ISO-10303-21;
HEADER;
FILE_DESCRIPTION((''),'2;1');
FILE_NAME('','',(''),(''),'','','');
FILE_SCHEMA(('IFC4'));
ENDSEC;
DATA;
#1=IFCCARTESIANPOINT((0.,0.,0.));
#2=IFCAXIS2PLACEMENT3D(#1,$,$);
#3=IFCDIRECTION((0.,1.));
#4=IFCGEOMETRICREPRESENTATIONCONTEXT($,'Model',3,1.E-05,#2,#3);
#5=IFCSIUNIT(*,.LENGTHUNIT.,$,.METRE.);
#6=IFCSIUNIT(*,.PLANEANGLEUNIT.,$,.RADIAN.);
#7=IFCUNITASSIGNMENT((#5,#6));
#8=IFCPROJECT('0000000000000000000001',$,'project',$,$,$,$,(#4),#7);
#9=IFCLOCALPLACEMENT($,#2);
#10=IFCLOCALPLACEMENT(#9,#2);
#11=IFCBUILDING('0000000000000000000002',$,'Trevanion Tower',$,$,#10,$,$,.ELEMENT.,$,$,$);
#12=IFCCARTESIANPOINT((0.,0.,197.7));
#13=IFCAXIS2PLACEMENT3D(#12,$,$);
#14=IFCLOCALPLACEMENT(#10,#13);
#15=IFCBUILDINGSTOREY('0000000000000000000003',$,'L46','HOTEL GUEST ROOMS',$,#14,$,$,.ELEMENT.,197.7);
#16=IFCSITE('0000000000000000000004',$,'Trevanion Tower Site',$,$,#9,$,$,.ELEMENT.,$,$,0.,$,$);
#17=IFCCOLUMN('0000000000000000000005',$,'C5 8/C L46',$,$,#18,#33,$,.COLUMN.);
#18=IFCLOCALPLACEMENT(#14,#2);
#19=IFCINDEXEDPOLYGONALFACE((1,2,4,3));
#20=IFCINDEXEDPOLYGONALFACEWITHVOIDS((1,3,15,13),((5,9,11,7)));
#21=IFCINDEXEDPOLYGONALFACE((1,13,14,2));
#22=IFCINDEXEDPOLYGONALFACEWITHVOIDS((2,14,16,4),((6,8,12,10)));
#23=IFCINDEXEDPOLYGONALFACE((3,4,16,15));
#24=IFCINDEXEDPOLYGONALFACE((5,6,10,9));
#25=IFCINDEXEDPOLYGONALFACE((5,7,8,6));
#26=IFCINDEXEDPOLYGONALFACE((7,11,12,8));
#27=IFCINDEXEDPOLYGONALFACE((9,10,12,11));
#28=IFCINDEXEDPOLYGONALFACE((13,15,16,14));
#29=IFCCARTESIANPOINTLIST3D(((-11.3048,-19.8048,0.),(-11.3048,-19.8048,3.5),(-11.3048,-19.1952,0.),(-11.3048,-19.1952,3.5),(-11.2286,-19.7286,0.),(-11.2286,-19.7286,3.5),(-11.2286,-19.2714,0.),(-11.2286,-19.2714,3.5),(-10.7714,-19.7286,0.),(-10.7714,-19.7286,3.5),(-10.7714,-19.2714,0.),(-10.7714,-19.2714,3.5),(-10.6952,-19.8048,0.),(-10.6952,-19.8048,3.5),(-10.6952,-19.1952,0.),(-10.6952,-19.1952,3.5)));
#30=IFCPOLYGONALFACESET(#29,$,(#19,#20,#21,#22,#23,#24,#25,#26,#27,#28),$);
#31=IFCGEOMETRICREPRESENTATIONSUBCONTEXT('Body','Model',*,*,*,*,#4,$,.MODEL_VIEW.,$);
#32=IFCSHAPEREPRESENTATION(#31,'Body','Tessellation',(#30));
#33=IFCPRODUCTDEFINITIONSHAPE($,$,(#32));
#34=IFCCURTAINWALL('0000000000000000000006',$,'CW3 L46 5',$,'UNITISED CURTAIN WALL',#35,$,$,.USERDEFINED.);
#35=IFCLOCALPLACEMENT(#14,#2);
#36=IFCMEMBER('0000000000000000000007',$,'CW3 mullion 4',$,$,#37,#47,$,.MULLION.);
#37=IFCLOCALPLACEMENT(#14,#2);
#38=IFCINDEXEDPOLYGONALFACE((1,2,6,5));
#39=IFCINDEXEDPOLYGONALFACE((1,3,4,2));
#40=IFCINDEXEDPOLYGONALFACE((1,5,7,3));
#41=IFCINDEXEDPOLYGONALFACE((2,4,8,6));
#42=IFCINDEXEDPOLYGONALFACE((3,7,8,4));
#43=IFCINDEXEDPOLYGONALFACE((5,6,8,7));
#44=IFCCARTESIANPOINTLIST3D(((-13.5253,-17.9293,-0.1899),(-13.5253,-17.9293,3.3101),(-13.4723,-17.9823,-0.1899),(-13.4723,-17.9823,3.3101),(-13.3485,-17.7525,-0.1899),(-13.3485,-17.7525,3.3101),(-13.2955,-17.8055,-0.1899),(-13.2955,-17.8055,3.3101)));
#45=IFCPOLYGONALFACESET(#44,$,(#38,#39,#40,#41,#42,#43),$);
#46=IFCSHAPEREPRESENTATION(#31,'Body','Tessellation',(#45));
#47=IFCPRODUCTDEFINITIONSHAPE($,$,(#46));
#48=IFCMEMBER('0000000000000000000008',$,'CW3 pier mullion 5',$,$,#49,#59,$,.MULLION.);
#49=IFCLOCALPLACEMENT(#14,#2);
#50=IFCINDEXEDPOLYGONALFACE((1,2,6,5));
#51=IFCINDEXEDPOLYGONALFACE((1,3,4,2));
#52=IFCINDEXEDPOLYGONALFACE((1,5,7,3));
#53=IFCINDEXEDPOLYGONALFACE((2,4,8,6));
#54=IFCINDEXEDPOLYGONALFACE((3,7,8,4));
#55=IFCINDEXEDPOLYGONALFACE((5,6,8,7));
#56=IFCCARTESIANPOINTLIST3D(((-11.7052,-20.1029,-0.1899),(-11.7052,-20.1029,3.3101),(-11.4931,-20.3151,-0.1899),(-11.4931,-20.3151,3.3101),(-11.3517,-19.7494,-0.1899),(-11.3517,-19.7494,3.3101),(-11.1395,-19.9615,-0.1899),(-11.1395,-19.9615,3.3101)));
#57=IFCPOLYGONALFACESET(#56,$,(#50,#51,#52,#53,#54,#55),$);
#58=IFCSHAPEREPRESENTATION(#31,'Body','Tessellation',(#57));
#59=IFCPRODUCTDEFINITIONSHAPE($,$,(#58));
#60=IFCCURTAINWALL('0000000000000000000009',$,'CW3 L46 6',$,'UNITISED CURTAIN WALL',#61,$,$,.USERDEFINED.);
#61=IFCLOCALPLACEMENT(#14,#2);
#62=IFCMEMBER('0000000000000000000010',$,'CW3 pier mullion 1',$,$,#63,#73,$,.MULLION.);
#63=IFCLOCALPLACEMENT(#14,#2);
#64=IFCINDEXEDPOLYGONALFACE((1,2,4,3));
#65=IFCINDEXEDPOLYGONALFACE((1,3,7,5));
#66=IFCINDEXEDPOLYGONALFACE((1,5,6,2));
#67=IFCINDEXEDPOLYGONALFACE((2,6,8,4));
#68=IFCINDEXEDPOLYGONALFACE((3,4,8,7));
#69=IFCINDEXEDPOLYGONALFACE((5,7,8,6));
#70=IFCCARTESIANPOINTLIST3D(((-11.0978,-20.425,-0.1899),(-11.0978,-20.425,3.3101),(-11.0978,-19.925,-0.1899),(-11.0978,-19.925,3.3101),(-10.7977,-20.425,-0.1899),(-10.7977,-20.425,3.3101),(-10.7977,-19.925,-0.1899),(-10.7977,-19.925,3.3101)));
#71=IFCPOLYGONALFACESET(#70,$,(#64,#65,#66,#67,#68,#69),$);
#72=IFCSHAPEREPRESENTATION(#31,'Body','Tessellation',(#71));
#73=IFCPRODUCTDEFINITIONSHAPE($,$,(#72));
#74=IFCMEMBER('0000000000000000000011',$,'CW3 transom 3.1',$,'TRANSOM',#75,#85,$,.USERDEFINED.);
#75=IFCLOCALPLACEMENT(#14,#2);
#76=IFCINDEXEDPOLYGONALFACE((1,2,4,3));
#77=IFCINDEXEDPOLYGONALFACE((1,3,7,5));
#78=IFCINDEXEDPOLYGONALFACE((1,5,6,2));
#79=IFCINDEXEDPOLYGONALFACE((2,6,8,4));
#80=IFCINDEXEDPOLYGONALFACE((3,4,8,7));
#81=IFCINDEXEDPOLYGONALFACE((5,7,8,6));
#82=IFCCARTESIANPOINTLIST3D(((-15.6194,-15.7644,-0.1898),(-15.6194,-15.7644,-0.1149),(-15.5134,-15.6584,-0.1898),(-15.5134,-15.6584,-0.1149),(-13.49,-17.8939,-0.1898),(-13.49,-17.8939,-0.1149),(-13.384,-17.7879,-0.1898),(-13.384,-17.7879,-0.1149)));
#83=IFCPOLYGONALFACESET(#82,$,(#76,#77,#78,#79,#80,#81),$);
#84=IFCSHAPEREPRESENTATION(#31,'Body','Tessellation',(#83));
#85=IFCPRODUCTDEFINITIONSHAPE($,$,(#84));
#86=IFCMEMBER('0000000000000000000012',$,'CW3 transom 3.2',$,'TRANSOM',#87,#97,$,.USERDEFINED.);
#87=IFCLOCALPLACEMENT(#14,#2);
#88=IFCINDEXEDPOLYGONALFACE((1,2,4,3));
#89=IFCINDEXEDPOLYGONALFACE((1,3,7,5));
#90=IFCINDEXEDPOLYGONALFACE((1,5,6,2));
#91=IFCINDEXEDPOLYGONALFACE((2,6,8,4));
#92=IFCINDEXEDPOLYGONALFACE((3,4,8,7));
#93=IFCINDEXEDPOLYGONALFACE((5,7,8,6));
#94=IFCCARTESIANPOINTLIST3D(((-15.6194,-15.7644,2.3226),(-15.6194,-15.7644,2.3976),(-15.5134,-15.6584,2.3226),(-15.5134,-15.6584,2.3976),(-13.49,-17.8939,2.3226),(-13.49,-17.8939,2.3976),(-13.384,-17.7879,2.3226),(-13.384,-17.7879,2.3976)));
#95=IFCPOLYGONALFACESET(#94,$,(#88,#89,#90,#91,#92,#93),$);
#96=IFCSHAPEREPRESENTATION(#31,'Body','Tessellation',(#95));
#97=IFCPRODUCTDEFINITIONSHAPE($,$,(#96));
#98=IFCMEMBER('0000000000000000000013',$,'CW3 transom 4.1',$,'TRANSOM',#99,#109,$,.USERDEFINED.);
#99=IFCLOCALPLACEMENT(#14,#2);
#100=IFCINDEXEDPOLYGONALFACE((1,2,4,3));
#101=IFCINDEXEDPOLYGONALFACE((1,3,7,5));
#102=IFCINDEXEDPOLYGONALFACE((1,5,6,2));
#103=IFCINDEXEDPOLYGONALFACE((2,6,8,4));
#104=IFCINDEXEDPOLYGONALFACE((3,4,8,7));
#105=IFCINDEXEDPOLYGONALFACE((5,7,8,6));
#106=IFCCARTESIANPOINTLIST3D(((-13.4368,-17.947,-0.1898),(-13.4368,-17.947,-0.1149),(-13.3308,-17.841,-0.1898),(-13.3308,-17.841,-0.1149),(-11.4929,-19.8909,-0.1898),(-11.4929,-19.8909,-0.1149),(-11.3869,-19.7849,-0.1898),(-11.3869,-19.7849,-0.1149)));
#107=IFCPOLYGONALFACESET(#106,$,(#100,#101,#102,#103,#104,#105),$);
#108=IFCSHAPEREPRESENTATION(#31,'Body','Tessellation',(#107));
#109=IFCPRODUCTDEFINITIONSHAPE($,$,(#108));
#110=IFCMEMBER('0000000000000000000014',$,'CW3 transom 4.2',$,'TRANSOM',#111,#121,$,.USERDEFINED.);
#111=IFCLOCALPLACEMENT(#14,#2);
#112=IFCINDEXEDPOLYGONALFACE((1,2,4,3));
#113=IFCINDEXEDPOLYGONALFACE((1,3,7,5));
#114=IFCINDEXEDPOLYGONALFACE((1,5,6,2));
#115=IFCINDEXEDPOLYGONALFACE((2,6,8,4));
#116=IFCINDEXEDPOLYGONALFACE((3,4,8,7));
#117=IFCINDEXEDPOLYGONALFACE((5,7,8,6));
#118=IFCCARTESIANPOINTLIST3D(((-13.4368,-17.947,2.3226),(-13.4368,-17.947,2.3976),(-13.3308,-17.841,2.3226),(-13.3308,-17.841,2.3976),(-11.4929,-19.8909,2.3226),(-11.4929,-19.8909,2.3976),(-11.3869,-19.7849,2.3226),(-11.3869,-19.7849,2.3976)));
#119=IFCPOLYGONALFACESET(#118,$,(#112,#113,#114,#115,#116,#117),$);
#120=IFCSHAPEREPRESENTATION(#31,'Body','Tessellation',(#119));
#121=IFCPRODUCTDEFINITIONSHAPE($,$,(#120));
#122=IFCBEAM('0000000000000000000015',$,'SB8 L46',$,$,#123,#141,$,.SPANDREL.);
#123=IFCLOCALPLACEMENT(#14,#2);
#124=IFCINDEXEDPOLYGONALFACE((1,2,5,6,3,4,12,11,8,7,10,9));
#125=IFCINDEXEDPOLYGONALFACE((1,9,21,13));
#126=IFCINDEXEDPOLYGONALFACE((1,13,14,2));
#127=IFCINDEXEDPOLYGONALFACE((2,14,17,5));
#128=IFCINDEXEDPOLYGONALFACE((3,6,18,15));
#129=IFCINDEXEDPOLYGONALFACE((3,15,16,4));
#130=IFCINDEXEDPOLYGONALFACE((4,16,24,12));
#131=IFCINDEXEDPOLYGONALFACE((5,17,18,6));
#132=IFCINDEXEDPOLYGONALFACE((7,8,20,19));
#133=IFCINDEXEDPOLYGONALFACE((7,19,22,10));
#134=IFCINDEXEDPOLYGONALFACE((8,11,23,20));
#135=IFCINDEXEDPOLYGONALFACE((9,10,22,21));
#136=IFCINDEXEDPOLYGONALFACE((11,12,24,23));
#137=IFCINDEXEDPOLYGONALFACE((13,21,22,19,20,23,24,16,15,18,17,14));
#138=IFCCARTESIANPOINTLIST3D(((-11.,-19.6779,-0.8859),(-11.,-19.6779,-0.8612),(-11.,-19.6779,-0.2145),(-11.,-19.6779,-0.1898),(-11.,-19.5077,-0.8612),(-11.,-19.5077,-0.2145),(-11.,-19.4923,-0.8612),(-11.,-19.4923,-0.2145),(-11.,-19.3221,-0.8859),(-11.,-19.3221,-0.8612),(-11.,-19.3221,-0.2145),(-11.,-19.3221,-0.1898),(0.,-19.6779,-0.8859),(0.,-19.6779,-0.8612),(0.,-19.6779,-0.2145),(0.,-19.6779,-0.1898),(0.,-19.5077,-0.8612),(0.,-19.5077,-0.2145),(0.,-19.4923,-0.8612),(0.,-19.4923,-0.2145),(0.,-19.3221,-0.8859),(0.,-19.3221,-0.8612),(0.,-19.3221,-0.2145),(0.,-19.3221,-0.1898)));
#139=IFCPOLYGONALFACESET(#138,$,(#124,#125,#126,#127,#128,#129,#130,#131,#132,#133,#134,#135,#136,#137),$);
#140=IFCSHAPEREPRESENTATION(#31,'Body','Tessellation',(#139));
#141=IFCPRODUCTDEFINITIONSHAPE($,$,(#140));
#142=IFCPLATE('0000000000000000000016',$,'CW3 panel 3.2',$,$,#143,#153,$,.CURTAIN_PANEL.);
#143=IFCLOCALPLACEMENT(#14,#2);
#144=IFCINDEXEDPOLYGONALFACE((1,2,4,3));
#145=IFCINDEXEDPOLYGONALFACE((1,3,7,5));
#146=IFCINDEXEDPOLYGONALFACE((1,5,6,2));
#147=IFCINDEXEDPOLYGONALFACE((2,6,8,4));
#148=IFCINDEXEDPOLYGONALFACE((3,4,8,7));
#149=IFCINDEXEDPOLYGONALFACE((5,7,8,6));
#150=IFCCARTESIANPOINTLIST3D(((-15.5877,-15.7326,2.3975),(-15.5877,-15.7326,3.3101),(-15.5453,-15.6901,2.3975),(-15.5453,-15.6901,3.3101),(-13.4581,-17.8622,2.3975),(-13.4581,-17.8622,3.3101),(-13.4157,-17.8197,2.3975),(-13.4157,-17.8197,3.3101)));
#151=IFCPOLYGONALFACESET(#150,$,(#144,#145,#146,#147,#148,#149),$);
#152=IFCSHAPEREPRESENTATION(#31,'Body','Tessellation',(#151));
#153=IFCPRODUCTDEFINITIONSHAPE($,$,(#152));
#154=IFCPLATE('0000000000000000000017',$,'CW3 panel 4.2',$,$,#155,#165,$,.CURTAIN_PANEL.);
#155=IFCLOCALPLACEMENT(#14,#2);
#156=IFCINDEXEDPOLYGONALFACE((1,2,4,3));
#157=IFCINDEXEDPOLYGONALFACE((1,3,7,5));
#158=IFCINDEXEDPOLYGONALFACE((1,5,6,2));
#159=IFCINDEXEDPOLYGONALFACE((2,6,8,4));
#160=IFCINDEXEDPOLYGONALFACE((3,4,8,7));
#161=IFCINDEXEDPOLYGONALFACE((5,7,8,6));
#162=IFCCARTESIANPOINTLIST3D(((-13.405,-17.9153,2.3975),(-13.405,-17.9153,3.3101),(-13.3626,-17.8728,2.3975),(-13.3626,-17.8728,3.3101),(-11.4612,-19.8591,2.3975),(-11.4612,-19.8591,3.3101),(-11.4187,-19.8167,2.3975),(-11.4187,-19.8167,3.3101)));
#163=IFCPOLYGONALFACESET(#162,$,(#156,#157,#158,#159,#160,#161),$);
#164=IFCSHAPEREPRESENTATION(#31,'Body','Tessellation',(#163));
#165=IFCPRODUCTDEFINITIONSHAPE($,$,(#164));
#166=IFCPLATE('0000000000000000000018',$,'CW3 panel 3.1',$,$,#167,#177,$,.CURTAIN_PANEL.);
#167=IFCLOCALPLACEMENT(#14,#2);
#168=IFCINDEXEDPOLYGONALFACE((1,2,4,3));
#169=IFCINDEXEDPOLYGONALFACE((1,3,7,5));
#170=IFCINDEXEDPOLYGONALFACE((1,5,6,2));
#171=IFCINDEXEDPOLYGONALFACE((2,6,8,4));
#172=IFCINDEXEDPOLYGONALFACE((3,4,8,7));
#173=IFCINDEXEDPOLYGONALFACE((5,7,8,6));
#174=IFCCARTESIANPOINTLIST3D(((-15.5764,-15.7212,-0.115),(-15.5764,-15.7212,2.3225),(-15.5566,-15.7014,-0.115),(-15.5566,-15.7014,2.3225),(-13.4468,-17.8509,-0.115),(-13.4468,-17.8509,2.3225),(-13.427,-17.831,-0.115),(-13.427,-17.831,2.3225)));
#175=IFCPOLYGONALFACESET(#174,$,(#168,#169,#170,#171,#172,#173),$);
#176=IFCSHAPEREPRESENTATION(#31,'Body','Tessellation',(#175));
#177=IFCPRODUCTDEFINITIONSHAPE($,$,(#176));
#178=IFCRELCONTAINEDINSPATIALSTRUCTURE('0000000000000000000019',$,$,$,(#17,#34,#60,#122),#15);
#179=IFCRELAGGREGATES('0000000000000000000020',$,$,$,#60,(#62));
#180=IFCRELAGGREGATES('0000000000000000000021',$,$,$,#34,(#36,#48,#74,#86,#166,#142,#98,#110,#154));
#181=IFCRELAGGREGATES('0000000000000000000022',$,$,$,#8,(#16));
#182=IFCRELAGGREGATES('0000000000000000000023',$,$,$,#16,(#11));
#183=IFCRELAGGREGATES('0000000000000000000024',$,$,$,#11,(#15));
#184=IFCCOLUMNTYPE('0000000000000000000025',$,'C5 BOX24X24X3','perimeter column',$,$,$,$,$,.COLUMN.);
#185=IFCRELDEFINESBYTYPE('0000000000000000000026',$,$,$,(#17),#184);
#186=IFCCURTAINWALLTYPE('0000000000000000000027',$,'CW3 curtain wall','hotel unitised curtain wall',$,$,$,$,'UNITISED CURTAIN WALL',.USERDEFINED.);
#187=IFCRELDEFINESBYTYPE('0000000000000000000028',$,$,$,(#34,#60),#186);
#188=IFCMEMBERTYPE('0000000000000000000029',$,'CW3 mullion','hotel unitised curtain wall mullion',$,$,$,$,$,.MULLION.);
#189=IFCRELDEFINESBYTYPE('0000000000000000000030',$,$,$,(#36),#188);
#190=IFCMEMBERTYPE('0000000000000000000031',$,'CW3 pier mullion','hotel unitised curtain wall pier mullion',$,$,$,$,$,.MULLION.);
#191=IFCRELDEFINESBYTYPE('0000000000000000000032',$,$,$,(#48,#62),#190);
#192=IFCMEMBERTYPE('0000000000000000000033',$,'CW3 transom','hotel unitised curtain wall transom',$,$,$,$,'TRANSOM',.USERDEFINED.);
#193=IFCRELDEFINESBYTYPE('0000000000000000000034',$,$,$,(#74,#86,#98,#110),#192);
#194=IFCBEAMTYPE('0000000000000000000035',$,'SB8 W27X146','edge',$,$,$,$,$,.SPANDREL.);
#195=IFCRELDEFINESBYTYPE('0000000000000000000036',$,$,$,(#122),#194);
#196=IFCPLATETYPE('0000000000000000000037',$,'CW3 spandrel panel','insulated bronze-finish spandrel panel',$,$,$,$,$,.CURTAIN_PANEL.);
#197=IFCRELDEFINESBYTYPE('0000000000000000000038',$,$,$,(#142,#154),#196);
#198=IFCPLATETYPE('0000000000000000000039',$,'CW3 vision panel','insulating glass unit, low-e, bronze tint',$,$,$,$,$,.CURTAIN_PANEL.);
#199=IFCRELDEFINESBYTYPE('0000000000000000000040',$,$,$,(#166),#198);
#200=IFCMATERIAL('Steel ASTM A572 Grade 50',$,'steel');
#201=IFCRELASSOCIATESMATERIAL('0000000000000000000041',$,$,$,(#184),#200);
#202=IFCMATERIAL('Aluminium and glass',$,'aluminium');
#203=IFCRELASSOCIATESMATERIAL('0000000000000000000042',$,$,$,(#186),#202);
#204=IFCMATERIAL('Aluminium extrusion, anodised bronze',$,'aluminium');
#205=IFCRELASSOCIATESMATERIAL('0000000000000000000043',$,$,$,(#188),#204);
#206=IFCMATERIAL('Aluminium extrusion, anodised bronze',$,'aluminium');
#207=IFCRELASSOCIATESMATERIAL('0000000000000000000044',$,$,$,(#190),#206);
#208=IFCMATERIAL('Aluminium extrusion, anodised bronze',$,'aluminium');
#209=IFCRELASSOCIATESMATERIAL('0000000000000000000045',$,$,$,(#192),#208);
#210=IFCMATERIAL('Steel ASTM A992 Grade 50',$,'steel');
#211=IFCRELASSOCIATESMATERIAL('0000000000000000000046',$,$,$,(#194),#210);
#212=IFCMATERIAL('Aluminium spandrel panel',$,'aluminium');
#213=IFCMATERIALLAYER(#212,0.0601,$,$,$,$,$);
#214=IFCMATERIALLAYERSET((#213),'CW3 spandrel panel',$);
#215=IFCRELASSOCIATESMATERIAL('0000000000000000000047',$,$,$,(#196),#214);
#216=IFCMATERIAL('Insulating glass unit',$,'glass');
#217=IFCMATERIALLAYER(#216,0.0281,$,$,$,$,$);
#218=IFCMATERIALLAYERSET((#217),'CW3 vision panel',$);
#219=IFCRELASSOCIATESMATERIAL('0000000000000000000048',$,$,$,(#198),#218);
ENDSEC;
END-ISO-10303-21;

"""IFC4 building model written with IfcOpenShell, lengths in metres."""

from ifc_helpers import new_model, si_unit, direction, frame, origin, origin_2d, place, context, subcontext, project, spatial, rectangle, hollow_rectangle, i_section, extrude, material, layer, layer_set, material_profile, profile_set, type_object, element, aggregate, save


model = new_model("IFC4")

# Units and contexts
model_context = context("Model", 3, precision=1e-05, world=origin(), true_north=direction((0.0, 1.0)))
body_context = subcontext(model_context, "Body", "Model", "MODEL_VIEW")
ifc_project = project(units=[si_unit("LENGTHUNIT", "METRE"), si_unit("PLANEANGLEUNIT", "RADIAN")], contexts=[model_context])

# Site, building, storey
site_placement = place(None, origin())
site = spatial("IfcSite", under=ifc_project, at=site_placement, Name="Trevanion Tower Site", CompositionType="ELEMENT", RefElevation=0.0)
building_placement = place(site_placement, origin())
building = spatial("IfcBuilding", under=site, at=building_placement, Name="Trevanion Tower", CompositionType="ELEMENT")
storey_placement = place(building_placement, frame((0.0, 0.0, 197.7)))
storey = spatial("IfcBuildingStorey", under=building, at=storey_placement, Name="L46", Description="HOTEL GUEST ROOMS", CompositionType="ELEMENT", Elevation=197.7)

# Column
ifc_material_1 = material(Name="Steel ASTM A572 Grade 50", Category="steel")
ifc_material_profile_1 = material_profile(ifc_material_1, hollow_rectangle(XDim=0.6096, YDim=0.6096, WallThickness=0.0762, at=origin_2d()), Name="BOX24X24X3")
ifc_profile_set_1 = profile_set([ifc_material_profile_1], Name="Steel ASTM A572 Grade 50")
column_type = type_object("IfcColumnType", Name="C5 BOX24X24X3", Description="perimeter column", PredefinedType="COLUMN", material=ifc_profile_set_1)
column_placement = place(storey_placement, frame((-11.0, -19.5, 0.0), z_axis=(0.0, 0.0, 1.0), x_axis=(1.0, 0.0, 0.0)))
element("IfcColumn", 1, at=column_placement, inside=storey, type_object=column_type, Name="C5 8/C L46", PredefinedType="COLUMN", context=body_context, shape_type="SweptSolid", body=[
    extrude(hollow_rectangle(XDim=0.6096, YDim=0.6096, WallThickness=0.0762, at=origin_2d()), origin(), (0.0, 0.0, 1.0), 3.5),
])

# Curtain wall, members
ifc_material_2 = material(Name="Aluminium and glass", Category="aluminium")
curtain_wall_type = type_object("IfcCurtainWallType", Name="CW3 curtain wall", Description="hotel unitised curtain wall", ElementType="UNITISED CURTAIN WALL", PredefinedType="USERDEFINED", material=ifc_material_2)
curtain_wall_1_placement = place(storey_placement, origin())
curtain_wall_1 = element("IfcCurtainWall", 2, at=curtain_wall_1_placement, inside=storey, type_object=curtain_wall_type, Name="CW3 L46 5", ObjectType="UNITISED CURTAIN WALL", PredefinedType="USERDEFINED")
ifc_material_3 = material(Name="Aluminium extrusion, anodised bronze", Category="aluminium")
ifc_material_profile_2 = material_profile(ifc_material_3, rectangle(XDim=0.075, YDim=0.25, at=origin_2d()), Name="CW3 mullion")
ifc_profile_set_2 = profile_set([ifc_material_profile_2], Name="Aluminium extrusion, anodised bronze")
member_type_1 = type_object("IfcMemberType", Name="CW3 mullion", Description="hotel unitised curtain wall mullion", PredefinedType="MULLION", material=ifc_profile_set_2)
member_1_placement = place(storey_placement, frame((-13.4104, -17.8674, -0.1899), z_axis=(0.0, 0.0, 1.0), x_axis=(0.707107, -0.707107, 0.0)))
member_1 = element("IfcMember", 3, at=member_1_placement, type_object=member_type_1, Name="CW3 mullion 4", PredefinedType="MULLION", context=body_context, shape_type="SweptSolid", body=[
    extrude(rectangle(XDim=0.075, YDim=0.25, at=origin_2d()), origin(), (0.0, 0.0, 1.0), 3.5),
])
ifc_material_4 = material(Name="Aluminium extrusion, anodised bronze", Category="aluminium")
ifc_material_profile_3 = material_profile(ifc_material_4, rectangle(XDim=0.3, YDim=0.5, at=origin_2d()), Name="CW3 pier mullion")
ifc_profile_set_3 = profile_set([ifc_material_profile_3], Name="Aluminium extrusion, anodised bronze")
member_type_2 = type_object("IfcMemberType", Name="CW3 pier mullion", Description="hotel unitised curtain wall pier mullion", PredefinedType="MULLION", material=ifc_profile_set_3)
member_2_placement = place(storey_placement, frame((-11.4224, -20.0322, -0.1899), z_axis=(0.0, 0.0, 1.0), x_axis=(0.707107, -0.707107, 0.0)))
member_2 = element("IfcMember", 4, at=member_2_placement, type_object=member_type_2, Name="CW3 pier mullion 5", PredefinedType="MULLION", context=body_context, shape_type="SweptSolid", body=[
    extrude(rectangle(XDim=0.3, YDim=0.5, at=origin_2d()), origin(), (0.0, 0.0, 1.0), 3.5),
])

# Curtain wall, member
curtain_wall_2_placement = place(storey_placement, origin())
curtain_wall_2 = element("IfcCurtainWall", 5, at=curtain_wall_2_placement, inside=storey, type_object=curtain_wall_type, Name="CW3 L46 6", ObjectType="UNITISED CURTAIN WALL", PredefinedType="USERDEFINED")
member_3_placement = place(storey_placement, frame((-10.9478, -20.175, -0.1899), z_axis=(0.0, 0.0, 1.0), x_axis=(1.0, 0.0, 0.0)))
member_3 = element("IfcMember", 6, at=member_3_placement, type_object=member_type_2, Name="CW3 pier mullion 1", PredefinedType="MULLION", context=body_context, shape_type="SweptSolid", body=[
    extrude(rectangle(XDim=0.3, YDim=0.5, at=origin_2d()), origin(), (0.0, 0.0, 1.0), 3.5),
])
aggregate(curtain_wall_2, [member_3])

# Members
ifc_material_5 = material(Name="Aluminium extrusion, anodised bronze", Category="aluminium")
ifc_material_profile_4 = material_profile(ifc_material_5, rectangle(XDim=0.1499, YDim=0.075, at=origin_2d()), Name="CW3 transom")
ifc_profile_set_4 = profile_set([ifc_material_profile_4], Name="Aluminium extrusion, anodised bronze")
member_type_3 = type_object("IfcMemberType", Name="CW3 transom", Description="hotel unitised curtain wall transom", ElementType="TRANSOM", PredefinedType="USERDEFINED", material=ifc_profile_set_4)
member_4_placement = place(storey_placement, frame((-15.5664, -15.7114, -0.1523), z_axis=(0.707107, -0.707107, 0.0), x_axis=(0.707107, 0.707107, 0.0)))
member_4 = element("IfcMember", 7, at=member_4_placement, type_object=member_type_3, Name="CW3 transom 3.1", ObjectType="TRANSOM", PredefinedType="USERDEFINED", context=body_context, shape_type="SweptSolid", body=[
    extrude(rectangle(XDim=0.1499, YDim=0.075, at=origin_2d()), origin(), (0.0, 0.0, 1.0), 3.0115),
])
member_5_placement = place(storey_placement, frame((-15.5664, -15.7114, 2.3601), z_axis=(0.707107, -0.707107, 0.0), x_axis=(0.707107, 0.707107, 0.0)))
member_5 = element("IfcMember", 8, at=member_5_placement, type_object=member_type_3, Name="CW3 transom 3.2", ObjectType="TRANSOM", PredefinedType="USERDEFINED", context=body_context, shape_type="SweptSolid", body=[
    extrude(rectangle(XDim=0.1499, YDim=0.075, at=origin_2d()), origin(), (0.0, 0.0, 1.0), 3.0115),
])
member_6_placement = place(storey_placement, frame((-13.3838, -17.894, -0.1523), z_axis=(0.707107, -0.707107, 0.0), x_axis=(0.707107, 0.707107, 0.0)))
member_6 = element("IfcMember", 9, at=member_6_placement, type_object=member_type_3, Name="CW3 transom 4.1", ObjectType="TRANSOM", PredefinedType="USERDEFINED", context=body_context, shape_type="SweptSolid", body=[
    extrude(rectangle(XDim=0.1499, YDim=0.075, at=origin_2d()), origin(), (0.0, 0.0, 1.0), 2.749),
])
member_7_placement = place(storey_placement, frame((-13.3838, -17.894, 2.3601), z_axis=(0.707107, -0.707107, 0.0), x_axis=(0.707107, 0.707107, 0.0)))
member_7 = element("IfcMember", 10, at=member_7_placement, type_object=member_type_3, Name="CW3 transom 4.2", ObjectType="TRANSOM", PredefinedType="USERDEFINED", context=body_context, shape_type="SweptSolid", body=[
    extrude(rectangle(XDim=0.1499, YDim=0.075, at=origin_2d()), origin(), (0.0, 0.0, 1.0), 2.749),
])

# Beam
ifc_material_6 = material(Name="Steel ASTM A992 Grade 50", Category="steel")
ifc_material_profile_5 = material_profile(ifc_material_6, i_section(OverallWidth=0.3557, OverallDepth=0.696, WebThickness=0.0154, FlangeThickness=0.0247, at=origin_2d()), Name="W27X146")
ifc_profile_set_5 = profile_set([ifc_material_profile_5], Name="Steel ASTM A992 Grade 50")
beam_type = type_object("IfcBeamType", Name="SB8 W27X146", Description="edge", PredefinedType="SPANDREL", material=ifc_profile_set_5)
beam_placement = place(storey_placement, frame((-11.0, -19.5, -0.5378), z_axis=(1.0, 0.0, 0.0), x_axis=(0.0, 1.0, 0.0)))
element("IfcBeam", 11, at=beam_placement, inside=storey, type_object=beam_type, Name="SB8 L46", PredefinedType="SPANDREL", context=body_context, shape_type="SweptSolid", body=[
    extrude(i_section(OverallWidth=0.3557, OverallDepth=0.696, WebThickness=0.0154, FlangeThickness=0.0247, at=origin_2d()), origin(), (0.0, 0.0, 1.0), 11.0),
])

# Plates
ifc_material_7 = material(Name="Aluminium spandrel panel", Category="aluminium")
ifc_layer_1 = layer(ifc_material_7, 0.0601)
ifc_layer_set_1 = layer_set([ifc_layer_1], Name="CW3 spandrel panel")
plate_type_1 = type_object("IfcPlateType", Name="CW3 spandrel panel", Description="insulated bronze-finish spandrel panel", PredefinedType="CURTAIN_PANEL", material=ifc_layer_set_1)
plate_1_placement = place(storey_placement, frame((-14.5017, -16.7761, 2.3975), z_axis=(0.0, 0.0, 1.0), x_axis=(0.707107, -0.707107, 0.0)))
plate_1 = element("IfcPlate", 12, at=plate_1_placement, type_object=plate_type_1, Name="CW3 panel 3.2", PredefinedType="CURTAIN_PANEL", context=body_context, shape_type="SweptSolid", body=[
    extrude(rectangle(XDim=3.0117, YDim=0.0601, at=origin_2d()), origin(), (0.0, 0.0, 1.0), 0.9126),
])
plate_2_placement = place(storey_placement, frame((-12.4119, -18.866, 2.3975), z_axis=(0.0, 0.0, 1.0), x_axis=(0.707107, -0.707107, 0.0)))
plate_2 = element("IfcPlate", 13, at=plate_2_placement, type_object=plate_type_1, Name="CW3 panel 4.2", PredefinedType="CURTAIN_PANEL", context=body_context, shape_type="SweptSolid", body=[
    extrude(rectangle(XDim=2.749, YDim=0.0601, at=origin_2d()), origin(), (0.0, 0.0, 1.0), 0.9126),
])
ifc_material_8 = material(Name="Insulating glass unit", Category="glass")
ifc_layer_2 = layer(ifc_material_8, 0.0281)
ifc_layer_set_2 = layer_set([ifc_layer_2], Name="CW3 vision panel")
plate_type_2 = type_object("IfcPlateType", Name="CW3 vision panel", Description="insulating glass unit, low-e, bronze tint", PredefinedType="CURTAIN_PANEL", material=ifc_layer_set_2)
plate_3_placement = place(storey_placement, frame((-14.5017, -16.7761, -0.115), z_axis=(0.0, 0.0, 1.0), x_axis=(0.707107, -0.707107, 0.0)))
plate_3 = element("IfcPlate", 14, at=plate_3_placement, type_object=plate_type_2, Name="CW3 panel 3.1", PredefinedType="CURTAIN_PANEL", context=body_context, shape_type="SweptSolid", body=[
    extrude(rectangle(XDim=3.0117, YDim=0.0281, at=origin_2d()), origin(), (0.0, 0.0, 1.0), 2.4375),
])
aggregate(curtain_wall_1, [member_1, member_2, member_4, member_5, plate_3, plate_1, member_6, member_7, plate_2])

save(model, "model.ifc")
